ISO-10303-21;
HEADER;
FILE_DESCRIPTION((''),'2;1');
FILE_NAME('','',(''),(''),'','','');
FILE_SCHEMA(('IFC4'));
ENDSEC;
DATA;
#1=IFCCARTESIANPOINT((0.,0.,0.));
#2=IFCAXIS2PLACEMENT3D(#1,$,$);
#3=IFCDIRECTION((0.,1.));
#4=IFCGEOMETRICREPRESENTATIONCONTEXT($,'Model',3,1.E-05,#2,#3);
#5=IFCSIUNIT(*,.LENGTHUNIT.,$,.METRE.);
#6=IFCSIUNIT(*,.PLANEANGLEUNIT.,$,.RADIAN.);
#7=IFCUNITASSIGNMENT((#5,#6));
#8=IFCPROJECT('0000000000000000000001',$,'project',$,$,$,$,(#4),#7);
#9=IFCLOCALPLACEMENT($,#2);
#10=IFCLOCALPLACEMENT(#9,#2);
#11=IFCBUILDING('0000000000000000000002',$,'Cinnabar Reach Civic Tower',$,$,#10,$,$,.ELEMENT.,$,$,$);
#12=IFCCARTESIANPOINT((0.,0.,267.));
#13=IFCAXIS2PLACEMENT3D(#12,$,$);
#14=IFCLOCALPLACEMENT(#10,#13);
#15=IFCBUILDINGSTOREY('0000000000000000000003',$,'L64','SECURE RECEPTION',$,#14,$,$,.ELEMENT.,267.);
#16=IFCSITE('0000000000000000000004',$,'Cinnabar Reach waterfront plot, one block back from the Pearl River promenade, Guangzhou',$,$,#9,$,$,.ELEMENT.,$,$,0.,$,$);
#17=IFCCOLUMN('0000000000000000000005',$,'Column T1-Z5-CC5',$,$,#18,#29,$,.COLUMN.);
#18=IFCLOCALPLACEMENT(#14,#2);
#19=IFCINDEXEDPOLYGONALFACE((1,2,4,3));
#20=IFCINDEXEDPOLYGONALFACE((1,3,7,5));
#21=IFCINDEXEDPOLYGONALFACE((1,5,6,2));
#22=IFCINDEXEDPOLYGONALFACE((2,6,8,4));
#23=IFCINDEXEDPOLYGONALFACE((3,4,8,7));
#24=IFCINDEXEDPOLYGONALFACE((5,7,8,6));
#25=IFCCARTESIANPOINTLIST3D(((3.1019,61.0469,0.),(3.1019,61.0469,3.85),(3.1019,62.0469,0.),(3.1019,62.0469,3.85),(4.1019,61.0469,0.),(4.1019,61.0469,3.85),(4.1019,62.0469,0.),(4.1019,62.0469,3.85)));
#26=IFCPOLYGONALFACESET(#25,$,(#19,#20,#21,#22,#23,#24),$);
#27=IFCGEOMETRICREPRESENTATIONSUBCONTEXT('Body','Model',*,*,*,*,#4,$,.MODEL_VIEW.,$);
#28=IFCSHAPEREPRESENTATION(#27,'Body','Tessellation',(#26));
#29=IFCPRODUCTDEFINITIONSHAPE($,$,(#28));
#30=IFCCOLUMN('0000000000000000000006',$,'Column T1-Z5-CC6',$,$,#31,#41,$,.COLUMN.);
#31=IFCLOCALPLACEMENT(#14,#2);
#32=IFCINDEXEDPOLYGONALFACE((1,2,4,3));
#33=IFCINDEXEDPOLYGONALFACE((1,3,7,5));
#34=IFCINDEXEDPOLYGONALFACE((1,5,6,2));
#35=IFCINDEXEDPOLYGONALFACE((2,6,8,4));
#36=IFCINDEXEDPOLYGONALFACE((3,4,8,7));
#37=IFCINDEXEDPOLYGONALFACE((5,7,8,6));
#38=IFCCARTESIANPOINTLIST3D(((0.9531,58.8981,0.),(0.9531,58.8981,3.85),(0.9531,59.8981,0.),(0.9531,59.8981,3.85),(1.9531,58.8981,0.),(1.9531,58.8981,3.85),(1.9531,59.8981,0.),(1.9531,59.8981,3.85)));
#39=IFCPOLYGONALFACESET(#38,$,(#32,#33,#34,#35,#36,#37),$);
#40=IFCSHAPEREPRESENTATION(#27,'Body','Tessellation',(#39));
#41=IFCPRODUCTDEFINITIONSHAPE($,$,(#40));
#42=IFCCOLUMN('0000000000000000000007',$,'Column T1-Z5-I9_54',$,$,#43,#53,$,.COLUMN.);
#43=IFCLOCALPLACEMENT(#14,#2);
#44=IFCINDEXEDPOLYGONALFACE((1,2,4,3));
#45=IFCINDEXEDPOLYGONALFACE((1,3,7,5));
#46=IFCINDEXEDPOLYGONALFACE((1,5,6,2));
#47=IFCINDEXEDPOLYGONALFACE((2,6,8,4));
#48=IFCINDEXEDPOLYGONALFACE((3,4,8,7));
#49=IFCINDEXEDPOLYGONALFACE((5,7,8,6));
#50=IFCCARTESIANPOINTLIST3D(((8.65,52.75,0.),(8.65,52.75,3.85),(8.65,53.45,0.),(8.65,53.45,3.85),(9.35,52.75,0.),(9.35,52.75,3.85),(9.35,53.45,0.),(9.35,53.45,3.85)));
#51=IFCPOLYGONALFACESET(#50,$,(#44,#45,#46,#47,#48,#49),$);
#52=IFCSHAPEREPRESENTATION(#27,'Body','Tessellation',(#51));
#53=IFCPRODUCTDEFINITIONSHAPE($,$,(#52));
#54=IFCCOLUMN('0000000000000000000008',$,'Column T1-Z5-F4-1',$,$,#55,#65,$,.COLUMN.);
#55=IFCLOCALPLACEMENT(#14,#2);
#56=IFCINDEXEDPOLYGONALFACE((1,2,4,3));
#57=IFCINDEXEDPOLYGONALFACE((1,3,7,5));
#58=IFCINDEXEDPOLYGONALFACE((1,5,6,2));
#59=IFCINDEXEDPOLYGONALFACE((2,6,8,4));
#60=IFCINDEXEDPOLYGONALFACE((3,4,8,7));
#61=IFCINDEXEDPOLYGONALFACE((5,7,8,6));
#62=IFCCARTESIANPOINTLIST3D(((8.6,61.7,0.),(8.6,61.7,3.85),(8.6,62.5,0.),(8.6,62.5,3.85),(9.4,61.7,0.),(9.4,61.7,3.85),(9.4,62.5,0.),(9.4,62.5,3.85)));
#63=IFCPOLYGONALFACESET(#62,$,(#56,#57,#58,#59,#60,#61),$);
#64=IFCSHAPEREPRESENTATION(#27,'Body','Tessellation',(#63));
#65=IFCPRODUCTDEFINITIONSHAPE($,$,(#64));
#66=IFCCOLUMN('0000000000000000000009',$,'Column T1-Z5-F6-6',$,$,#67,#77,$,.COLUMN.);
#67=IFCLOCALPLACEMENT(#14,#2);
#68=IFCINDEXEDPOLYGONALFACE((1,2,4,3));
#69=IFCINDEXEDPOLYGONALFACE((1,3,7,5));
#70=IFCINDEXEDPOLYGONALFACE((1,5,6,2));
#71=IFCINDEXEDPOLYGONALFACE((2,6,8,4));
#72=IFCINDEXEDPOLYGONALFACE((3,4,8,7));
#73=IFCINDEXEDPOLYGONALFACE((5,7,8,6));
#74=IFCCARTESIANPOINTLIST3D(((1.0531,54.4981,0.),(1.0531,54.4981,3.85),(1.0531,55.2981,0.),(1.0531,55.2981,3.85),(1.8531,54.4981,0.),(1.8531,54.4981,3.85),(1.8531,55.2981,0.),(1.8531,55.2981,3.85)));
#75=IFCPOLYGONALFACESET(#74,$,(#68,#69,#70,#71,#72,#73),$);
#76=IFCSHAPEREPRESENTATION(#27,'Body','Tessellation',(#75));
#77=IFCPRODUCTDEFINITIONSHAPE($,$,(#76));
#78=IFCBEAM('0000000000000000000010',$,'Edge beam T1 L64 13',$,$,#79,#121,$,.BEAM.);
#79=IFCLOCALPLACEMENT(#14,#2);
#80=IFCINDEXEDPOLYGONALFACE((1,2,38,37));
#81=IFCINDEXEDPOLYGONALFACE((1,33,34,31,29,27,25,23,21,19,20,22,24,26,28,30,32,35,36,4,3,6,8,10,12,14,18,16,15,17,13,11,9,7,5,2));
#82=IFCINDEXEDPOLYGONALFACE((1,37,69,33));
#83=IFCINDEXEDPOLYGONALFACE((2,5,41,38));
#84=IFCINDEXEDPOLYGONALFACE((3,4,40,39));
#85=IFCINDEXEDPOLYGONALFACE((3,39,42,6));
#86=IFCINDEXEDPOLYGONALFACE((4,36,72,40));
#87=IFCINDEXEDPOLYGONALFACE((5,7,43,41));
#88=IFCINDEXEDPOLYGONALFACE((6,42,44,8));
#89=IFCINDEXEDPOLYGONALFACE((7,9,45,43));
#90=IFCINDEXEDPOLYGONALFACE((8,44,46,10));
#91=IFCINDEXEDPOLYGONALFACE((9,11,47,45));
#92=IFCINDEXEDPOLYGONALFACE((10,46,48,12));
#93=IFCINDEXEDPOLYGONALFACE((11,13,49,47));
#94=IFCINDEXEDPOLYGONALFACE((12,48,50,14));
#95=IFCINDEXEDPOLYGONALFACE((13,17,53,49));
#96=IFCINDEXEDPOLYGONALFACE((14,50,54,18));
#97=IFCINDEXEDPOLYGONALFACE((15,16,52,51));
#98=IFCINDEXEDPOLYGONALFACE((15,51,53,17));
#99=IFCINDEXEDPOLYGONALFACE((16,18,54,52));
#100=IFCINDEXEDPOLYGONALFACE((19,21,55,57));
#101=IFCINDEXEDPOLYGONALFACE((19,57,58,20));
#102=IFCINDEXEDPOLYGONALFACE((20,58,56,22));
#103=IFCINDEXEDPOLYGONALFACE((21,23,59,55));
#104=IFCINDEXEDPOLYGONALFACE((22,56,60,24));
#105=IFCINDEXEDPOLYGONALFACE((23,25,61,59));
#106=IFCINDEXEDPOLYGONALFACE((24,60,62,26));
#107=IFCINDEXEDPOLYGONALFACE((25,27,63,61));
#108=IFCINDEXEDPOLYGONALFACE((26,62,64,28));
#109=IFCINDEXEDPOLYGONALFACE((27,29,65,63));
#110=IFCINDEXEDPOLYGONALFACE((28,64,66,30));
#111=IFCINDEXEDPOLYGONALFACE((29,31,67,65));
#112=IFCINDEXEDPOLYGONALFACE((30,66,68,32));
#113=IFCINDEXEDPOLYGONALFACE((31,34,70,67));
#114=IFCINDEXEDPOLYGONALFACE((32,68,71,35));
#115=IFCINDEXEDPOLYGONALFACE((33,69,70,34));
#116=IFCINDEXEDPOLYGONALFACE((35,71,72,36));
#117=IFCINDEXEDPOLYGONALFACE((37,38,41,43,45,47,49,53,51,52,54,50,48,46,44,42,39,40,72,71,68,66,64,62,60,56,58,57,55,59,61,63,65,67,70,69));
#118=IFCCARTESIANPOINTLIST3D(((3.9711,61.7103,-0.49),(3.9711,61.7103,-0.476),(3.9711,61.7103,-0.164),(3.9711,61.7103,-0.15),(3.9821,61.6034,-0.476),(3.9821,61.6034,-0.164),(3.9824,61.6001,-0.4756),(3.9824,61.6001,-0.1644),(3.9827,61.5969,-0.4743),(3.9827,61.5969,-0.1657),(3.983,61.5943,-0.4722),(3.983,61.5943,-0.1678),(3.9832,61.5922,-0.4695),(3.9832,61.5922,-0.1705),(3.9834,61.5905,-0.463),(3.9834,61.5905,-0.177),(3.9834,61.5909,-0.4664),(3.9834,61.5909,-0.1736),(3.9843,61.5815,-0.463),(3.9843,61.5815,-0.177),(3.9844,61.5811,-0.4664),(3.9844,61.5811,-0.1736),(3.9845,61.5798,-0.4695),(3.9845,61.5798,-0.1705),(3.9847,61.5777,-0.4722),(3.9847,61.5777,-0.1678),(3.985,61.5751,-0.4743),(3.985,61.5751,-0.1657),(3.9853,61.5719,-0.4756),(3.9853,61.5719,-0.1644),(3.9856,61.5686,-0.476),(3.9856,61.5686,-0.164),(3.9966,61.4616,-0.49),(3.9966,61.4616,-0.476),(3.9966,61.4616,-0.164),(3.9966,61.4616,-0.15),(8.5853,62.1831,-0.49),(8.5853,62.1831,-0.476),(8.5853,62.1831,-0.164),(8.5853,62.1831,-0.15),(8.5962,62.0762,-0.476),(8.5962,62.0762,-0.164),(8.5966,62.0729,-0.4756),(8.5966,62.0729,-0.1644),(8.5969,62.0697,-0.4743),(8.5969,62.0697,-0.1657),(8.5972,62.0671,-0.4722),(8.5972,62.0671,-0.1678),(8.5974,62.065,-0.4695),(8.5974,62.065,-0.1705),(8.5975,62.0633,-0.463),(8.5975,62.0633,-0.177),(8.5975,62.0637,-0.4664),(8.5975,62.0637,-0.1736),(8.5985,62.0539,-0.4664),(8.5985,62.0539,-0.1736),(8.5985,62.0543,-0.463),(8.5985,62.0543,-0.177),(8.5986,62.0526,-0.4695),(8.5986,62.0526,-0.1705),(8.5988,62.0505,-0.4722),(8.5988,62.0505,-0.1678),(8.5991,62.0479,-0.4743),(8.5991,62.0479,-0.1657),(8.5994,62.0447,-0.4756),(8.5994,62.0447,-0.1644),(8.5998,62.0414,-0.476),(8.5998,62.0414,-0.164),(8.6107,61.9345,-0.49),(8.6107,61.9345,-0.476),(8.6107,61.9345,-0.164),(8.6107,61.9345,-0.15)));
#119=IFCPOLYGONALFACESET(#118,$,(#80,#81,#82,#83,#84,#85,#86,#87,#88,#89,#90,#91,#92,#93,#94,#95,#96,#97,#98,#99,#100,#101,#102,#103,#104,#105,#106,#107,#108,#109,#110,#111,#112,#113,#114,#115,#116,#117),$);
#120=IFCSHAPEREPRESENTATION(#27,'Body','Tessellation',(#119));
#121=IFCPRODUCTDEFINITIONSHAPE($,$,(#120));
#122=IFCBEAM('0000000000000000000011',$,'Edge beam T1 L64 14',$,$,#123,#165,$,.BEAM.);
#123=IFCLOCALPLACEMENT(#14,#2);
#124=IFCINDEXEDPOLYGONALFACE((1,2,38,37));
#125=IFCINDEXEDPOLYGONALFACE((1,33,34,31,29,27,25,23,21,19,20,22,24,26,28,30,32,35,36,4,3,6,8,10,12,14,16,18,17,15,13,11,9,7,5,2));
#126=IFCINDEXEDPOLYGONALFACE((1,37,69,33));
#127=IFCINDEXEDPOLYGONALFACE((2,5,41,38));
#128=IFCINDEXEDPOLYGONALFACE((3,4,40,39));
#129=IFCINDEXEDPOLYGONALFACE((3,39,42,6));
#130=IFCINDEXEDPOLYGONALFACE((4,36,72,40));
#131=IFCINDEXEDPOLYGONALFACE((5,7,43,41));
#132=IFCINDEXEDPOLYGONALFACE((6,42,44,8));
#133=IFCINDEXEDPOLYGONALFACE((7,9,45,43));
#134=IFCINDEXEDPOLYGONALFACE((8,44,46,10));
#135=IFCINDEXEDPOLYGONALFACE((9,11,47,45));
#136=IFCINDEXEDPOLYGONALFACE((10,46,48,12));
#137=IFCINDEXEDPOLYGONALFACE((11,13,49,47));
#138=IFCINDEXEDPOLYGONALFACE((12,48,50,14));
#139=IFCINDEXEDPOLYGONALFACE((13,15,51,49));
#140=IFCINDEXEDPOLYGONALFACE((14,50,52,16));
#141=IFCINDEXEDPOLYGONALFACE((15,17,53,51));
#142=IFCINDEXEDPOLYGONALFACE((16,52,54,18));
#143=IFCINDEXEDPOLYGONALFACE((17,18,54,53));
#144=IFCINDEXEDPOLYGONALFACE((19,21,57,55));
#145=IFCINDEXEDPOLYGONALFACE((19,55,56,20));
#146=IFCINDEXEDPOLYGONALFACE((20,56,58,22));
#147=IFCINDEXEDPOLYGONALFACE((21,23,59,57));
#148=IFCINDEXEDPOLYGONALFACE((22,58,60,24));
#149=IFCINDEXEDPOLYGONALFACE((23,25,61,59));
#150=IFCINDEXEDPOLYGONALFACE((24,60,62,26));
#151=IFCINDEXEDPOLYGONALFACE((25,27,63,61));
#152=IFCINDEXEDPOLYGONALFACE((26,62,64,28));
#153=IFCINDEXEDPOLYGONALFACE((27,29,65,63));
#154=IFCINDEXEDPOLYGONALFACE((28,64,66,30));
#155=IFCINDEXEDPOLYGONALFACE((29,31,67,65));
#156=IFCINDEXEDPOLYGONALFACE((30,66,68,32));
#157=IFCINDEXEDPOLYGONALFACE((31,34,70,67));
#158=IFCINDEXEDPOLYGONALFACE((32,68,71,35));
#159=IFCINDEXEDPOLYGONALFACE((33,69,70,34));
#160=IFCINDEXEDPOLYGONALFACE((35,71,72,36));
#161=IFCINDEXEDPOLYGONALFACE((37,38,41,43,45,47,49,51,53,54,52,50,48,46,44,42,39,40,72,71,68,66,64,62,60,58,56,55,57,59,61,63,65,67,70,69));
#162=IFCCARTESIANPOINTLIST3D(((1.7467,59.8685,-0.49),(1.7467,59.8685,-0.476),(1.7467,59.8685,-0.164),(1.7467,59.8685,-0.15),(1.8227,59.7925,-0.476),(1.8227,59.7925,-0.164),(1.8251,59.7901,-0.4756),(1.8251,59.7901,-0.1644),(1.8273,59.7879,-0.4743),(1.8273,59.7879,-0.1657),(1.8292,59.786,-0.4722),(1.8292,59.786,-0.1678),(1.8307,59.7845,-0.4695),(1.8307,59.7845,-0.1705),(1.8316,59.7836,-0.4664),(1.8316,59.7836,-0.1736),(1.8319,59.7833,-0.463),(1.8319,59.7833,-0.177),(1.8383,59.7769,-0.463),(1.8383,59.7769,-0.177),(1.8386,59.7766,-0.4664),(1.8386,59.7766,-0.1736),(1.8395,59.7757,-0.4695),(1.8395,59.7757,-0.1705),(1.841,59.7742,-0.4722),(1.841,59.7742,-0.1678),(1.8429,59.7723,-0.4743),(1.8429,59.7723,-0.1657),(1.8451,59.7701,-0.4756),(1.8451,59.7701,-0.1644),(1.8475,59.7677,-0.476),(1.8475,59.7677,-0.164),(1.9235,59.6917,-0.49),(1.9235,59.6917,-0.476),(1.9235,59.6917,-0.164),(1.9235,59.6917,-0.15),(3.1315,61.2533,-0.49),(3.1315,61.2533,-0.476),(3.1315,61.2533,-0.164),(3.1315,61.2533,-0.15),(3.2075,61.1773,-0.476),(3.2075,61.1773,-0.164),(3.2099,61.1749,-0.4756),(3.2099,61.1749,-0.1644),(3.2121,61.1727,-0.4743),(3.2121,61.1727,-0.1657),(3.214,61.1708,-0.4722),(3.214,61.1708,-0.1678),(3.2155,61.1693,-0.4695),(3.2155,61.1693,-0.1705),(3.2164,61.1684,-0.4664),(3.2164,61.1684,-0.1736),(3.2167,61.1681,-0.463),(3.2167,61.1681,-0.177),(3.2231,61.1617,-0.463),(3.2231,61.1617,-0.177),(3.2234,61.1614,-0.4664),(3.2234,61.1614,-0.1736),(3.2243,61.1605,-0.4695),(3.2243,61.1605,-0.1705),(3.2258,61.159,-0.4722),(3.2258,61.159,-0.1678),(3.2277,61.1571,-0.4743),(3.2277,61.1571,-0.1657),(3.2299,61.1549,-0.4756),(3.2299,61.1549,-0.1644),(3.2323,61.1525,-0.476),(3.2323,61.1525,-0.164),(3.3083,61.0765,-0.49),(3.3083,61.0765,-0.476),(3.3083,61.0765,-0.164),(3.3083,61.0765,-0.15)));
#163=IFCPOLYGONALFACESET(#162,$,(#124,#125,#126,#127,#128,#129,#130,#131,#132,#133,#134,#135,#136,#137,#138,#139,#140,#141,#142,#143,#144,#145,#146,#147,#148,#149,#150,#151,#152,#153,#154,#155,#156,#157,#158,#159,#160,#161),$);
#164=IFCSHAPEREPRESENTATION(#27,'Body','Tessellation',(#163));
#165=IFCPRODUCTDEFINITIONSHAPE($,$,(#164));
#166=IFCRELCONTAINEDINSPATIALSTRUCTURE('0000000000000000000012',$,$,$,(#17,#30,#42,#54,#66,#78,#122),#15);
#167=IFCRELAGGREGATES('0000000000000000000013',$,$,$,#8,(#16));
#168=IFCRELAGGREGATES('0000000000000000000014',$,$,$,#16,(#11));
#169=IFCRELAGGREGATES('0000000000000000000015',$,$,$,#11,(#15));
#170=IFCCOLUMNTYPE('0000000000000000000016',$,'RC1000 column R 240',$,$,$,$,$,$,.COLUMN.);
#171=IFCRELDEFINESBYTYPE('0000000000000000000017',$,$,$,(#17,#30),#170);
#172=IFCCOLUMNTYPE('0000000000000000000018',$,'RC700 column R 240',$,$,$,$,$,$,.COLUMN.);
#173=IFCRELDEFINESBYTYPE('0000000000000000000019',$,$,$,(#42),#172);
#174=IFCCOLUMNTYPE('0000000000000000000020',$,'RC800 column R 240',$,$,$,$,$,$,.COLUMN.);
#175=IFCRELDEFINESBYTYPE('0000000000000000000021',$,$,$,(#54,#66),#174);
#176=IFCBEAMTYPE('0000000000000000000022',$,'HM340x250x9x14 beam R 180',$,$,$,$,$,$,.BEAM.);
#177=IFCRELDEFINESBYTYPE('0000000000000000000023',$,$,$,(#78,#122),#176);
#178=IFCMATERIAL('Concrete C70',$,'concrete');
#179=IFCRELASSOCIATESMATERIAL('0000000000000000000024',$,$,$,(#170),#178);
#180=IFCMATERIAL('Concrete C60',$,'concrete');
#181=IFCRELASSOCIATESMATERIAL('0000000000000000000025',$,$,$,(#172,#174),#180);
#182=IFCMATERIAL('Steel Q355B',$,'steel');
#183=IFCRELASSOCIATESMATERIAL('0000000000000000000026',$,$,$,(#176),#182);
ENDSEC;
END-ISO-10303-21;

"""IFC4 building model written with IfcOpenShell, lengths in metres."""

from ifc_helpers import new_model, si_unit, direction, frame, origin, origin_2d, place, context, subcontext, project, spatial, rectangle, i_section, extrude, material, material_profile, profile_set, type_object, element, save


model = new_model("IFC4")

# Units and contexts
model_context = context("Model", 3, precision=1e-05, world=origin(), true_north=direction((0.0, 1.0)))
body_context = subcontext(model_context, "Body", "Model", "MODEL_VIEW")
ifc_project = project(units=[si_unit("LENGTHUNIT", "METRE"), si_unit("PLANEANGLEUNIT", "RADIAN")], contexts=[model_context])

# Site, building, storey
site_placement = place(None, origin())
site = spatial("IfcSite", under=ifc_project, at=site_placement, Name="Cinnabar Reach waterfront plot, one block back from the Pearl River promenade, Guangzhou", CompositionType="ELEMENT", RefElevation=0.0)
building_placement = place(site_placement, origin())
building = spatial("IfcBuilding", under=site, at=building_placement, Name="Cinnabar Reach Civic Tower", CompositionType="ELEMENT")
storey_placement = place(building_placement, frame((0.0, 0.0, 267.0)))
storey = spatial("IfcBuildingStorey", under=building, at=storey_placement, Name="L64", Description="SECURE RECEPTION", CompositionType="ELEMENT", Elevation=267.0)

# Columns
ifc_material_1 = material(Name="Concrete C70", Category="concrete")
ifc_material_profile_1 = material_profile(ifc_material_1, rectangle(XDim=1.0, YDim=1.0, at=origin_2d()), Name="RC1000")
ifc_profile_set_1 = profile_set([ifc_material_profile_1], Name="Concrete C70")
column_type_1 = type_object("IfcColumnType", Name="RC1000 column R 240", PredefinedType="COLUMN", material=ifc_profile_set_1)
for number, where, z_axis, x_axis, name in (
    (1, (3.6019, 61.5469, 0.0), (0.0, 0.0, 1.0), (1.0, 0.0, 0.0), "Column T1-Z5-CC5"),
    (2, (1.4531, 59.3981, 0.0), (0.0, 0.0, 1.0), (1.0, 0.0, 0.0), "Column T1-Z5-CC6"),
):
    element("IfcColumn", number, at=place(storey_placement, frame(where, z_axis=z_axis, x_axis=x_axis)), inside=storey, type_object=column_type_1, Name=name, PredefinedType="COLUMN", context=body_context, shape_type="SweptSolid", body=[
        extrude(rectangle(XDim=1.0, YDim=1.0, at=origin_2d()), origin(), (0.0, 0.0, 1.0), 3.85),
    ])
ifc_material_2 = material(Name="Concrete C60", Category="concrete")
ifc_material_profile_2 = material_profile(ifc_material_2, rectangle(XDim=0.7, YDim=0.7, at=origin_2d()), Name="RC700")
ifc_profile_set_2 = profile_set([ifc_material_profile_2], Name="Concrete C60")
column_type_2 = type_object("IfcColumnType", Name="RC700 column R 240", PredefinedType="COLUMN", material=ifc_profile_set_2)
column_placement = place(storey_placement, frame((9.0, 53.1, 0.0), z_axis=(0.0, 0.0, 1.0), x_axis=(1.0, 0.0, 0.0)))
element("IfcColumn", 3, at=column_placement, inside=storey, type_object=column_type_2, Name="Column T1-Z5-I9_54", PredefinedType="COLUMN", context=body_context, shape_type="SweptSolid", body=[
    extrude(rectangle(XDim=0.7, YDim=0.7, at=origin_2d()), origin(), (0.0, 0.0, 1.0), 3.85),
])
ifc_material_profile_3 = material_profile(ifc_material_2, rectangle(XDim=0.8, YDim=0.8, at=origin_2d()), Name="RC800")
ifc_profile_set_3 = profile_set([ifc_material_profile_3], Name="Concrete C60")
column_type_3 = type_object("IfcColumnType", Name="RC800 column R 240", PredefinedType="COLUMN", material=ifc_profile_set_3)
for number, where, z_axis, x_axis, name in (
    (4, (9.0, 62.1, 0.0), (0.0, 0.0, 1.0), (1.0, 0.0, 0.0), "Column T1-Z5-F4-1"),
    (5, (1.4531, 54.8981, 0.0), (0.0, 0.0, 1.0), (1.0, 0.0, 0.0), "Column T1-Z5-F6-6"),
):
    element("IfcColumn", number, at=place(storey_placement, frame(where, z_axis=z_axis, x_axis=x_axis)), inside=storey, type_object=column_type_3, Name=name, PredefinedType="COLUMN", context=body_context, shape_type="SweptSolid", body=[
        extrude(rectangle(XDim=0.8, YDim=0.8, at=origin_2d()), origin(), (0.0, 0.0, 1.0), 3.85),
    ])

# Beams
ifc_material_3 = material(Name="Steel Q355B", Category="steel")
ifc_material_profile_4 = material_profile(ifc_material_3, i_section(OverallWidth=0.25, OverallDepth=0.34, WebThickness=0.009, FlangeThickness=0.014, FilletRadius=0.013, at=origin_2d()), Name="HM340x250x9x14")
ifc_profile_set_4 = profile_set([ifc_material_profile_4], Name="Steel Q355B")
beam_type_1 = type_object("IfcBeamType", Name="HM340x250x9x14 beam R 180", PredefinedType="BEAM", material=ifc_profile_set_4)
beam_1_placement = place(storey_placement, frame((8.598, 62.0588, -0.32), z_axis=(-0.994791, -0.101935, 0.0), x_axis=(0.101935, -0.994791, 0.0)))
element("IfcBeam", 6, at=beam_1_placement, inside=storey, type_object=beam_type_1, Name="Edge beam T1 L64 13", PredefinedType="BEAM", context=body_context, shape_type="SweptSolid", body=[
    extrude(i_section(OverallWidth=0.25, OverallDepth=0.34, WebThickness=0.009, FlangeThickness=0.014, FilletRadius=0.013, at=origin_2d()), origin(), (0.0, 0.0, 1.0), 4.6383),
])
beam_2_placement = place(storey_placement, frame((3.2199, 61.1649, -0.32), z_axis=(-0.707107, -0.707107, 0.0), x_axis=(0.707107, -0.707107, 0.0)))
element("IfcBeam", 7, at=beam_2_placement, inside=storey, type_object=beam_type_1, Name="Edge beam T1 L64 14", PredefinedType="BEAM", context=body_context, shape_type="SweptSolid", body=[
    extrude(i_section(OverallWidth=0.25, OverallDepth=0.34, WebThickness=0.009, FlangeThickness=0.014, FilletRadius=0.013, at=origin_2d()), origin(), (0.0, 0.0, 1.0), 1.9584),
])

save(model, "model.ifc")
